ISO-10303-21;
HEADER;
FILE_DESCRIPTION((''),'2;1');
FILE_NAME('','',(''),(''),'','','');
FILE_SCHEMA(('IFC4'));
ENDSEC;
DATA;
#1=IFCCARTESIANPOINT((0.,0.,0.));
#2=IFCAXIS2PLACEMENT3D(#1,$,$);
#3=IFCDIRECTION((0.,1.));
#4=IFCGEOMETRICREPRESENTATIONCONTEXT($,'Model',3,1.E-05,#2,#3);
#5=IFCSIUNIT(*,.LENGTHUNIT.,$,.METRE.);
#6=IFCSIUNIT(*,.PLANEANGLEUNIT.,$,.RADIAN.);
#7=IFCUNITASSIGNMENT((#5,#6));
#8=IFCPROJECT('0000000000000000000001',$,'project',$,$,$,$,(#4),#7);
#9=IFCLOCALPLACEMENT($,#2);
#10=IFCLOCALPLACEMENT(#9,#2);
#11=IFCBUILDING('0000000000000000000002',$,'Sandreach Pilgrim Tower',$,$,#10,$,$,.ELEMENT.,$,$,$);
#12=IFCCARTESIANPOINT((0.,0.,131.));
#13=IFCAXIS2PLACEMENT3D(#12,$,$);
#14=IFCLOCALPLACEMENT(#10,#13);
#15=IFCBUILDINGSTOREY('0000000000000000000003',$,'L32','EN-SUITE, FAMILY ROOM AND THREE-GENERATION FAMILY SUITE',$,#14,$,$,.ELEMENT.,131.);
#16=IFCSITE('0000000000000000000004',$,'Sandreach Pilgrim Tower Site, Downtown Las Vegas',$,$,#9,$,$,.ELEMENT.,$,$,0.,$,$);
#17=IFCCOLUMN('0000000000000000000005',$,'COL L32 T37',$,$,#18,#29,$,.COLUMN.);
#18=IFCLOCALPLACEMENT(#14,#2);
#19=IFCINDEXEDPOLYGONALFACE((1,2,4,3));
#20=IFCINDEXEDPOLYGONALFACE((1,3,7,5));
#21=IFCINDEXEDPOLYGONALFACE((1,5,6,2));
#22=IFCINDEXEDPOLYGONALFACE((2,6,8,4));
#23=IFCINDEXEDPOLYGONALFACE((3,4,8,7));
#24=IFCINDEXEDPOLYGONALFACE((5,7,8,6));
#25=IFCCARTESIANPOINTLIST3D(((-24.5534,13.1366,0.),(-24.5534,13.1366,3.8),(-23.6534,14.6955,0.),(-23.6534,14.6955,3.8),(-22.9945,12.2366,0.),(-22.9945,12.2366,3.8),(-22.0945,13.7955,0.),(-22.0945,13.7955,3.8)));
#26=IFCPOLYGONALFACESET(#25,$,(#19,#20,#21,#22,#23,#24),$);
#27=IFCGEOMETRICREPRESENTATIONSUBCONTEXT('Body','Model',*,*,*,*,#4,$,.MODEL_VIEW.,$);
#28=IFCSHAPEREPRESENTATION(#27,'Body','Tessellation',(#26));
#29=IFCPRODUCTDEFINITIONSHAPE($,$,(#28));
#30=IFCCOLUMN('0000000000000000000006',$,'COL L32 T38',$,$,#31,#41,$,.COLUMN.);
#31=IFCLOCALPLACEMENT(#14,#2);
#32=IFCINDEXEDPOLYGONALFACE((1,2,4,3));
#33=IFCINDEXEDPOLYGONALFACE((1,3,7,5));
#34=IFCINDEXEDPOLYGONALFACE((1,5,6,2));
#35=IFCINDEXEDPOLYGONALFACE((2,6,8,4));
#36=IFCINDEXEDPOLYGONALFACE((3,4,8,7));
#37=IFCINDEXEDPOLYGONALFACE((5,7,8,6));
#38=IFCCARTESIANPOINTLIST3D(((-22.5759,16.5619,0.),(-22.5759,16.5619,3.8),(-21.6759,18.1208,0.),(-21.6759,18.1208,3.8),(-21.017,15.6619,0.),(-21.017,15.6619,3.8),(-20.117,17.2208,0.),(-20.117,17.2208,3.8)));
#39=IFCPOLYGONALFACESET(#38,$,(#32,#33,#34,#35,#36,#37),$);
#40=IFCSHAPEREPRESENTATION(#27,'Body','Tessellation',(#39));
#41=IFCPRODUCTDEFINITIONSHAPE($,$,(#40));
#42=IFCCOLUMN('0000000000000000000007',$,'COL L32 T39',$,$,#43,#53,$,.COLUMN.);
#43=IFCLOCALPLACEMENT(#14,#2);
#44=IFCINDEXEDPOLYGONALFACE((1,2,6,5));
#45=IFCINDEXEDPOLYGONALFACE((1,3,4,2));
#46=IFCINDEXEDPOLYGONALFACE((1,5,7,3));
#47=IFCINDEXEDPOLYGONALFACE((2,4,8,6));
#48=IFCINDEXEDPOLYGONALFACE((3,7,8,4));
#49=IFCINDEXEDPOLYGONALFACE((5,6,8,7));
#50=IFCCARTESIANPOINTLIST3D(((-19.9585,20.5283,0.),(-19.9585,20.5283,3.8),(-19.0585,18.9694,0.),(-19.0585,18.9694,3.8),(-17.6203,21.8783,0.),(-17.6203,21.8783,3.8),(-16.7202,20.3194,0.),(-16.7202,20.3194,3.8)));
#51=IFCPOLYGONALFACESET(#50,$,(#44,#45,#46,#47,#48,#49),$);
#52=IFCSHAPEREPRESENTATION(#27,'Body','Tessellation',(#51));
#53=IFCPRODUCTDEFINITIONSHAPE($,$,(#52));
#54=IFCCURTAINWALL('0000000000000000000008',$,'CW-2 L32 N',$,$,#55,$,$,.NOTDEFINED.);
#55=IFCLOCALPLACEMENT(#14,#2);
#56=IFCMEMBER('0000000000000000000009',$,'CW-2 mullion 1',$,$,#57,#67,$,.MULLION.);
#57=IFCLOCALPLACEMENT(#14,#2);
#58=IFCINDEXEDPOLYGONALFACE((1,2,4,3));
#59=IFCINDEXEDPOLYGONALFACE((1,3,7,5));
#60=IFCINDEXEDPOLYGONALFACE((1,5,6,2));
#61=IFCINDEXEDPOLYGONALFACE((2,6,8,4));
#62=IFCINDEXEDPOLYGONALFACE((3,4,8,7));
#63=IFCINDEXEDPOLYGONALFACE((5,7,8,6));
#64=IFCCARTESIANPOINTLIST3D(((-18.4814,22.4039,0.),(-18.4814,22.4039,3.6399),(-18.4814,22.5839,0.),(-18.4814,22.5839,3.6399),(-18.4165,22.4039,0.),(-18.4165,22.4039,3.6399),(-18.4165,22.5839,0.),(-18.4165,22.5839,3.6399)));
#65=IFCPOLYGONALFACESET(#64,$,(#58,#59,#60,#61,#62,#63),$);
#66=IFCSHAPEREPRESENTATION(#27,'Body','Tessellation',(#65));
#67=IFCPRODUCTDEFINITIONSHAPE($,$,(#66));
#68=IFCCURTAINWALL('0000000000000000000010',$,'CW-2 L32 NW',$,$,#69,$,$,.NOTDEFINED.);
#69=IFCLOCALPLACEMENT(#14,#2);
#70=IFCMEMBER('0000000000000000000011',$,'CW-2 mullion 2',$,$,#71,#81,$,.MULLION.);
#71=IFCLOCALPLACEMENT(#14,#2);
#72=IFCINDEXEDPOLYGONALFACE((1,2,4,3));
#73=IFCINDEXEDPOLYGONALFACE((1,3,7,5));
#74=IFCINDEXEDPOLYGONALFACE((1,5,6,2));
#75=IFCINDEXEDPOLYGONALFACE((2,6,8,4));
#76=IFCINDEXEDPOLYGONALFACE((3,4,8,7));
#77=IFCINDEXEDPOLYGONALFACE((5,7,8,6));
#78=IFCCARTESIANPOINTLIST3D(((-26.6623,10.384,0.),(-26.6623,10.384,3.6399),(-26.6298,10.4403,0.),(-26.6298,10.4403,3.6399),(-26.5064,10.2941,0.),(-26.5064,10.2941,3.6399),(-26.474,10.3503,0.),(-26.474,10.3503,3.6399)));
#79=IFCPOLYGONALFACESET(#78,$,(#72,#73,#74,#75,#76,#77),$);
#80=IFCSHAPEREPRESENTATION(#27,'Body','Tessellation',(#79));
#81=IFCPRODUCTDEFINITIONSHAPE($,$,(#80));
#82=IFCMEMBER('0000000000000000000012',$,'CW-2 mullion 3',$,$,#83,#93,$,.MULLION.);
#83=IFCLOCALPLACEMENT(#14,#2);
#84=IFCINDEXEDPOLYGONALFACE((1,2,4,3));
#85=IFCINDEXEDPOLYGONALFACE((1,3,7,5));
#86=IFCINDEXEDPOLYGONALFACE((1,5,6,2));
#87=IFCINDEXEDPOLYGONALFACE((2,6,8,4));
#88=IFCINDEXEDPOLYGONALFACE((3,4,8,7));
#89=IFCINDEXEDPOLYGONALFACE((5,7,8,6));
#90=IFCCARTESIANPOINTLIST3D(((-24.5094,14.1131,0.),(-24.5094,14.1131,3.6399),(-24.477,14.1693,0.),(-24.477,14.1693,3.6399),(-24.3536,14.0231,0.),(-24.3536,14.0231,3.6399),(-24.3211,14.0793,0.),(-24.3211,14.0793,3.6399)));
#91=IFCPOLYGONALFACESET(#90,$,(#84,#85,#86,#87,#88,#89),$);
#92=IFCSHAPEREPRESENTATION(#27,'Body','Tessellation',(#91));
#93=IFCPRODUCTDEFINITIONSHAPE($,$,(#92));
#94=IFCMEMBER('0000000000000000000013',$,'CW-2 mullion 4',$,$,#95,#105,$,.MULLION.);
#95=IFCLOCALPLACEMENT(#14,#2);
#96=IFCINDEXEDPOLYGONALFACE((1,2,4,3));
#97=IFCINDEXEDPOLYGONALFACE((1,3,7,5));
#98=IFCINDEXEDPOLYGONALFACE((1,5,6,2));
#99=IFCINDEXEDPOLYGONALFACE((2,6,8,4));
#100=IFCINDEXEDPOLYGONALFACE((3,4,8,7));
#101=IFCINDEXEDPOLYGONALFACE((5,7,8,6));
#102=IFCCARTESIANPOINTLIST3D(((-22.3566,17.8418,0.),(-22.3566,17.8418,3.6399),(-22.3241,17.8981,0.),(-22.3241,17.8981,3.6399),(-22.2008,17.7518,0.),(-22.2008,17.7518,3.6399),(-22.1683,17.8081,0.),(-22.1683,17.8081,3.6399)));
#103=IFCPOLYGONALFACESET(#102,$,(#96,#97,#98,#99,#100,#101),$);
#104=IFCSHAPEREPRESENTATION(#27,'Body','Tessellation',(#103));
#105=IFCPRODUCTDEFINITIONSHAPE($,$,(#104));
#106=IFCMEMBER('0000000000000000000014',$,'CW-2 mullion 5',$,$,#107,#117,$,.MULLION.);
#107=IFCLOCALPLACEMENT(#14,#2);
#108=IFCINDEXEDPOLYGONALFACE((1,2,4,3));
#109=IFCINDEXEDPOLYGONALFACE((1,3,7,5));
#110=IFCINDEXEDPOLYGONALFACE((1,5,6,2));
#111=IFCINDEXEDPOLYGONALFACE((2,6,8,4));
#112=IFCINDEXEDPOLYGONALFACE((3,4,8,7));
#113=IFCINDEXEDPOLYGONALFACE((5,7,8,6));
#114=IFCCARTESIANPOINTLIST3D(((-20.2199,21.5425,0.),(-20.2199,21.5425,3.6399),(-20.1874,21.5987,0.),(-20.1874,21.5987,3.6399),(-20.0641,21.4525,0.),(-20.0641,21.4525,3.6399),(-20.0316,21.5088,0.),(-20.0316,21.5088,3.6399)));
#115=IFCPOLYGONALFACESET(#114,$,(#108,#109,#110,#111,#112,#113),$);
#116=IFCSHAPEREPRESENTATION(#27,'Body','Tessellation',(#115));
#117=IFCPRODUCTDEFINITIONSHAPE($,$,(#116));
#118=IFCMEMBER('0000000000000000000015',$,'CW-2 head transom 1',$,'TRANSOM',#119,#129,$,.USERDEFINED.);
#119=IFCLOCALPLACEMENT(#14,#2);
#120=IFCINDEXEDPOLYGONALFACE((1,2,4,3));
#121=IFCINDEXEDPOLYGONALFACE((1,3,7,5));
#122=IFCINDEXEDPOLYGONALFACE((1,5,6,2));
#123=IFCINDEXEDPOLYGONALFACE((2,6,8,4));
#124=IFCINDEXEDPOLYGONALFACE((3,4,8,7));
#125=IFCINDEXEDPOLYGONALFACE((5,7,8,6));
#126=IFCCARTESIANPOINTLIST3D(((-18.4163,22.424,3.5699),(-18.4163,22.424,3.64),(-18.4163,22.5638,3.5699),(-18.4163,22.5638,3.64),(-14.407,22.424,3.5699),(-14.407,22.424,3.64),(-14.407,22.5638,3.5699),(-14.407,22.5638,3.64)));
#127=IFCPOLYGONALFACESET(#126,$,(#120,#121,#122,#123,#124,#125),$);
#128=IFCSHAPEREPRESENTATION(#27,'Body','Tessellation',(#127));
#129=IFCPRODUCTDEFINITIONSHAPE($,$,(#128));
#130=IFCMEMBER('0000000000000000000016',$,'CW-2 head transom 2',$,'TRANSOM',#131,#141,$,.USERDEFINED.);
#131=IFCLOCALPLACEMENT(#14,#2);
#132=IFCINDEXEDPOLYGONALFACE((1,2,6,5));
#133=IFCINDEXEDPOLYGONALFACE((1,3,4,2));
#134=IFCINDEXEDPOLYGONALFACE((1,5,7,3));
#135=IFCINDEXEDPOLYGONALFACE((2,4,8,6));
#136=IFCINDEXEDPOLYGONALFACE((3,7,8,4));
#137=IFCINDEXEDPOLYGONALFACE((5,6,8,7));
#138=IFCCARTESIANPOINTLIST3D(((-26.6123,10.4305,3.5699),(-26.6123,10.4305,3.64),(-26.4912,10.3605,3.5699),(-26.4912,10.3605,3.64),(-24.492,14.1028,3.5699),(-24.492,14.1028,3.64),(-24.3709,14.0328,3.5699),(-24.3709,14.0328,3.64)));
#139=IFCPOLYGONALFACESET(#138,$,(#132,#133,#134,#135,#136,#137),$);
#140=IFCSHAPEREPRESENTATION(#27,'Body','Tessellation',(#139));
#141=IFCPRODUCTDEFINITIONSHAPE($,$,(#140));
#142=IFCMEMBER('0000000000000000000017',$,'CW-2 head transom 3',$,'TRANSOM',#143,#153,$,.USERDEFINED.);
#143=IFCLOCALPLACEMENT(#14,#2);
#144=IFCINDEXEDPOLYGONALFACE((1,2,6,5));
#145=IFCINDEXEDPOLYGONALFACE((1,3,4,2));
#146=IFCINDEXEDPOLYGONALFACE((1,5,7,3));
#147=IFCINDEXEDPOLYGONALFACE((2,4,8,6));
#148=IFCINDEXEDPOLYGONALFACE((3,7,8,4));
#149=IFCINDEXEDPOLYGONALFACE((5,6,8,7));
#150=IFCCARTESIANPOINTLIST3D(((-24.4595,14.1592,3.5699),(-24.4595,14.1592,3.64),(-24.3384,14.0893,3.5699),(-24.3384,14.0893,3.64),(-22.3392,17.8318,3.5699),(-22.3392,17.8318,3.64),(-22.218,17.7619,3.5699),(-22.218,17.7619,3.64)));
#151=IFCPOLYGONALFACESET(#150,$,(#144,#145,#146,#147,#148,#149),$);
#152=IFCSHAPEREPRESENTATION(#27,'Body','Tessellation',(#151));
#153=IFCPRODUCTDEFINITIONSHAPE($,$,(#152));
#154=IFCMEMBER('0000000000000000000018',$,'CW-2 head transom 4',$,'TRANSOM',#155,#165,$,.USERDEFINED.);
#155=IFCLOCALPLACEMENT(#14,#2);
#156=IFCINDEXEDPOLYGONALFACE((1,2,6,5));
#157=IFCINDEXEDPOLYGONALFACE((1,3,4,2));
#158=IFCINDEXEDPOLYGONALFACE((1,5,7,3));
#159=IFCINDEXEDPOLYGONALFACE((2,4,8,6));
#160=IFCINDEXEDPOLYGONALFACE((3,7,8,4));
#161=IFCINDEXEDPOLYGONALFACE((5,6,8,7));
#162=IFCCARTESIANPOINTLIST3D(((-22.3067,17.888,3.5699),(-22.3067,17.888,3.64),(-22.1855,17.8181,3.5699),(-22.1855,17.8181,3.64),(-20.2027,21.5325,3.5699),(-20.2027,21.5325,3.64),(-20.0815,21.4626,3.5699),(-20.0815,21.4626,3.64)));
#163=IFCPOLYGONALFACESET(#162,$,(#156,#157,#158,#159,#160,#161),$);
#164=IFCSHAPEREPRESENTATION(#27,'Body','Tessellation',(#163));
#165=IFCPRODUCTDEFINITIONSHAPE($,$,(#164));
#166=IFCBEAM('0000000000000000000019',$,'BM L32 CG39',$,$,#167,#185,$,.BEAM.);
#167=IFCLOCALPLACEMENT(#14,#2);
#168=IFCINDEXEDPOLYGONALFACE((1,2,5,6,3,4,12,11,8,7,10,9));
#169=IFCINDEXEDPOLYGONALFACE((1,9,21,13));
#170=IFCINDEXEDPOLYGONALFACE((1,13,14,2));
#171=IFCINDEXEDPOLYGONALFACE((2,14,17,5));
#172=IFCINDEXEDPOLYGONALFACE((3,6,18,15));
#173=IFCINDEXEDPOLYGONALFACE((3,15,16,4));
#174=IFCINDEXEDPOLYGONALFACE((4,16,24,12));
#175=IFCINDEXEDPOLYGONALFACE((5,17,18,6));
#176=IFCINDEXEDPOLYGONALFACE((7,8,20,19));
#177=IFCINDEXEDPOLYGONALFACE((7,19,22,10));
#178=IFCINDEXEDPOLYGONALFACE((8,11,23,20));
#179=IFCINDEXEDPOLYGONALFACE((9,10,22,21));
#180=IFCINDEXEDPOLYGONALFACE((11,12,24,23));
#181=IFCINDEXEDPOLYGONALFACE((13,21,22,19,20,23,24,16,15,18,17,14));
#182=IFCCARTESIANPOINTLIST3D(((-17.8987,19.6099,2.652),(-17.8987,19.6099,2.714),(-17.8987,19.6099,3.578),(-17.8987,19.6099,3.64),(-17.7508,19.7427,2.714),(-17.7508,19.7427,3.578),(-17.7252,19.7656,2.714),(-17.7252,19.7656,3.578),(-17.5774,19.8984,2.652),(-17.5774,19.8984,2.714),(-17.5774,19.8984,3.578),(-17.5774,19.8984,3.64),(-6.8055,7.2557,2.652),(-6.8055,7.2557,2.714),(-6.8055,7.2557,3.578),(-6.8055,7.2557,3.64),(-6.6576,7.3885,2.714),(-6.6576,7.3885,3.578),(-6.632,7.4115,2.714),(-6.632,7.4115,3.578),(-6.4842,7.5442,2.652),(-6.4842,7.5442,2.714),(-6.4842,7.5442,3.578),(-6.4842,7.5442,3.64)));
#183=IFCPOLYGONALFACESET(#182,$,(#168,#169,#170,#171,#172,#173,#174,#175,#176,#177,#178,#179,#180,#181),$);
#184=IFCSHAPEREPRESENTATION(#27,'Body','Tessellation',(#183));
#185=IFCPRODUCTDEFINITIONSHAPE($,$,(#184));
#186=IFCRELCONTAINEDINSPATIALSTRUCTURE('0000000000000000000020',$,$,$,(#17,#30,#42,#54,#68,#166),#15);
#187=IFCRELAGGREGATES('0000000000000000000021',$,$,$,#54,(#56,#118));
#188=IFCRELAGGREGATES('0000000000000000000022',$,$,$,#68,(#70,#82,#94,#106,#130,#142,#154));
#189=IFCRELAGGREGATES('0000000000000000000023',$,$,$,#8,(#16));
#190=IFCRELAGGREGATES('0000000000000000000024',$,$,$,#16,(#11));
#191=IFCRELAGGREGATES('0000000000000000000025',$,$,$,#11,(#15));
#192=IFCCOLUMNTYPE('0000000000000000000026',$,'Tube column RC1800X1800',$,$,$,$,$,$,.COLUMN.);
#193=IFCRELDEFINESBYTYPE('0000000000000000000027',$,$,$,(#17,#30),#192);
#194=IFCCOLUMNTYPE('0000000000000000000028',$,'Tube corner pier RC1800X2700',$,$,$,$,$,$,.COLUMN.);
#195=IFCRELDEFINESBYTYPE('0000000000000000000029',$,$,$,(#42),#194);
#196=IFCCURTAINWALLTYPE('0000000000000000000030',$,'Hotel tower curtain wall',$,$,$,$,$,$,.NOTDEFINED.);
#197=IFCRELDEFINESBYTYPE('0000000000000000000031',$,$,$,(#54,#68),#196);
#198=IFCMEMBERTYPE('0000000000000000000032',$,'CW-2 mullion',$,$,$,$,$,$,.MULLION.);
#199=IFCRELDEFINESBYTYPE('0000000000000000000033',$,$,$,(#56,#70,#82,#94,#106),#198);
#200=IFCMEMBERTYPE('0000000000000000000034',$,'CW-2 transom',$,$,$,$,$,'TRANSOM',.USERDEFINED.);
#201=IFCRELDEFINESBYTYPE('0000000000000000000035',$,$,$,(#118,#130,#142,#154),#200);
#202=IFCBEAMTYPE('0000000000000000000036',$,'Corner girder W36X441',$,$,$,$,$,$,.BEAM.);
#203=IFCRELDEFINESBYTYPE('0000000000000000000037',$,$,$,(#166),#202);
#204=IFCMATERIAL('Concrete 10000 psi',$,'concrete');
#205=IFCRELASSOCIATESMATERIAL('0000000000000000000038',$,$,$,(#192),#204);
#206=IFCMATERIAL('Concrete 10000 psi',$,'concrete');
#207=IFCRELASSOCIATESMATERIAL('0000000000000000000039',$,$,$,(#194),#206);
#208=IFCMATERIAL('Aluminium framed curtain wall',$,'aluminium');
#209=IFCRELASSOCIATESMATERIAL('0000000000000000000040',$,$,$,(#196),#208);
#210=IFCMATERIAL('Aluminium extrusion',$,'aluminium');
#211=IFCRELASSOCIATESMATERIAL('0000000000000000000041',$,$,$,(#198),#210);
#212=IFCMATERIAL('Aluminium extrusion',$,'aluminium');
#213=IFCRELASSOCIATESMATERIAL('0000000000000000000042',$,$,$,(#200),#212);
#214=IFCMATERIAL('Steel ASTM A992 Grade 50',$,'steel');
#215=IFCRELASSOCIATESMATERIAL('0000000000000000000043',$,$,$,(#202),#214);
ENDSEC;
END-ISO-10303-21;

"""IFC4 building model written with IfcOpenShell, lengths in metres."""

from ifc_helpers import new_model, si_unit, direction, frame, origin, origin_2d, place, context, subcontext, project, spatial, rectangle, i_section, extrude, material, material_profile, profile_set, type_object, element, aggregate, save


model = new_model("IFC4")

# Units and contexts
model_context = context("Model", 3, precision=1e-05, world=origin(), true_north=direction((0.0, 1.0)))
body_context = subcontext(model_context, "Body", "Model", "MODEL_VIEW")
ifc_project = project(units=[si_unit("LENGTHUNIT", "METRE"), si_unit("PLANEANGLEUNIT", "RADIAN")], contexts=[model_context])

# Site, building, storey
site_placement = place(None, origin())
site = spatial("IfcSite", under=ifc_project, at=site_placement, Name="Sandreach Pilgrim Tower Site, Downtown Las Vegas", CompositionType="ELEMENT", RefElevation=0.0)
building_placement = place(site_placement, origin())
building = spatial("IfcBuilding", under=site, at=building_placement, Name="Sandreach Pilgrim Tower", CompositionType="ELEMENT")
storey_placement = place(building_placement, frame((0.0, 0.0, 131.0)))
storey = spatial("IfcBuildingStorey", under=building, at=storey_placement, Name="L32", Description="EN-SUITE, FAMILY ROOM AND THREE-GENERATION FAMILY SUITE", CompositionType="ELEMENT", Elevation=131.0)

# Columns
ifc_material_1 = material(Name="Concrete 10000 psi", Category="concrete")
ifc_material_profile_1 = material_profile(ifc_material_1, rectangle(XDim=1.8, YDim=1.8, at=origin_2d()), Name="RC1800X1800")
ifc_profile_set_1 = profile_set([ifc_material_profile_1], Name="Concrete 10000 psi")
column_type_1 = type_object("IfcColumnType", Name="Tube column RC1800X1800", PredefinedType="COLUMN", material=ifc_profile_set_1)
for number, where, z_axis, x_axis, name in (
    (1, (-23.324, 13.4661, 0.0), (0.0, 0.0, 1.0), (-0.866025, 0.5, 0.0), "COL L32 T37"),
    (2, (-21.3464, 16.8914, 0.0), (0.0, 0.0, 1.0), (-0.866025, 0.5, 0.0), "COL L32 T38"),
):
    element("IfcColumn", number, at=place(storey_placement, frame(where, z_axis=z_axis, x_axis=x_axis)), inside=storey, type_object=column_type_1, Name=name, PredefinedType="COLUMN", context=body_context, shape_type="SweptSolid", body=[
        extrude(rectangle(XDim=1.8, YDim=1.8, at=origin_2d()), origin(), (0.0, 0.0, 1.0), 3.8),
    ])
ifc_material_2 = material(Name="Concrete 10000 psi", Category="concrete")
ifc_material_profile_2 = material_profile(ifc_material_2, rectangle(XDim=1.8, YDim=2.7, at=origin_2d()), Name="RC1800X2700")
ifc_profile_set_2 = profile_set([ifc_material_profile_2], Name="Concrete 10000 psi")
column_type_2 = type_object("IfcColumnType", Name="Tube corner pier RC1800X2700", PredefinedType="COLUMN", material=ifc_profile_set_2)
column_placement = place(storey_placement, frame((-18.3394, 20.4238, 0.0), z_axis=(0.0, 0.0, 1.0), x_axis=(-0.5, 0.866025, 0.0)))
element("IfcColumn", 3, at=column_placement, inside=storey, type_object=column_type_2, Name="COL L32 T39", PredefinedType="COLUMN", context=body_context, shape_type="SweptSolid", body=[
    extrude(rectangle(XDim=1.8, YDim=2.7, at=origin_2d()), origin(), (0.0, 0.0, 1.0), 3.8),
])

# Curtain wall, member
ifc_material_3 = material(Name="Aluminium framed curtain wall", Category="aluminium")
curtain_wall_type = type_object("IfcCurtainWallType", Name="Hotel tower curtain wall", PredefinedType="NOTDEFINED", material=ifc_material_3)
curtain_wall_1_placement = place(storey_placement, origin())
curtain_wall_1 = element("IfcCurtainWall", 4, at=curtain_wall_1_placement, inside=storey, type_object=curtain_wall_type, Name="CW-2 L32 N", PredefinedType="NOTDEFINED")
ifc_material_4 = material(Name="Aluminium extrusion", Category="aluminium")
ifc_material_profile_3 = material_profile(ifc_material_4, rectangle(XDim=0.0649, YDim=0.1799, at=origin_2d()), Name="CW-2M 65X180")
ifc_profile_set_3 = profile_set([ifc_material_profile_3], Name="Aluminium extrusion")
member_type_1 = type_object("IfcMemberType", Name="CW-2 mullion", PredefinedType="MULLION", material=ifc_profile_set_3)
member_1_placement = place(storey_placement, frame((-18.449, 22.4939, 0.0), z_axis=(0.0, 0.0, 1.0), x_axis=(1.0, 0.0, 0.0)))
member_1 = element("IfcMember", 5, at=member_1_placement, type_object=member_type_1, Name="CW-2 mullion 1", PredefinedType="MULLION", context=body_context, shape_type="SweptSolid", body=[
    extrude(rectangle(XDim=0.0649, YDim=0.1799, at=origin_2d()), origin(), (0.0, 0.0, 1.0), 3.6399),
])

# Curtain wall, members
curtain_wall_2_placement = place(storey_placement, origin())
curtain_wall_2 = element("IfcCurtainWall", 6, at=curtain_wall_2_placement, inside=storey, type_object=curtain_wall_type, Name="CW-2 L32 NW", PredefinedType="NOTDEFINED")
member_2_placement = place(storey_placement, frame((-26.5681, 10.3672, 0.0), z_axis=(0.0, 0.0, 1.0), x_axis=(0.5, 0.866025, 0.0)))
member_2 = element("IfcMember", 7, at=member_2_placement, type_object=member_type_1, Name="CW-2 mullion 2", PredefinedType="MULLION", context=body_context, shape_type="SweptSolid", body=[
    extrude(rectangle(XDim=0.0649, YDim=0.1799, at=origin_2d()), origin(), (0.0, 0.0, 1.0), 3.6399),
])
member_3_placement = place(storey_placement, frame((-24.4153, 14.0962, 0.0), z_axis=(0.0, 0.0, 1.0), x_axis=(0.5, 0.866025, 0.0)))
member_3 = element("IfcMember", 8, at=member_3_placement, type_object=member_type_1, Name="CW-2 mullion 3", PredefinedType="MULLION", context=body_context, shape_type="SweptSolid", body=[
    extrude(rectangle(XDim=0.0649, YDim=0.1799, at=origin_2d()), origin(), (0.0, 0.0, 1.0), 3.6399),
])
member_4_placement = place(storey_placement, frame((-22.2625, 17.825, 0.0), z_axis=(0.0, 0.0, 1.0), x_axis=(0.5, 0.866025, 0.0)))
member_4 = element("IfcMember", 9, at=member_4_placement, type_object=member_type_1, Name="CW-2 mullion 4", PredefinedType="MULLION", context=body_context, shape_type="SweptSolid", body=[
    extrude(rectangle(XDim=0.0649, YDim=0.1799, at=origin_2d()), origin(), (0.0, 0.0, 1.0), 3.6399),
])
member_5_placement = place(storey_placement, frame((-20.1257, 21.5256, 0.0), z_axis=(0.0, 0.0, 1.0), x_axis=(0.5, 0.866025, 0.0)))
member_5 = element("IfcMember", 10, at=member_5_placement, type_object=member_type_1, Name="CW-2 mullion 5", PredefinedType="MULLION", context=body_context, shape_type="SweptSolid", body=[
    extrude(rectangle(XDim=0.0649, YDim=0.1799, at=origin_2d()), origin(), (0.0, 0.0, 1.0), 3.6399),
])

# Members
ifc_material_5 = material(Name="Aluminium extrusion", Category="aluminium")
ifc_material_profile_4 = material_profile(ifc_material_5, rectangle(XDim=0.1399, YDim=0.0701, at=origin_2d()), Name="CW-2T 140X70")
ifc_profile_set_4 = profile_set([ifc_material_profile_4], Name="Aluminium extrusion")
member_type_2 = type_object("IfcMemberType", Name="CW-2 transom", ElementType="TRANSOM", PredefinedType="USERDEFINED", material=ifc_profile_set_4)
member_6_placement = place(storey_placement, frame((-18.4163, 22.4939, 3.605), z_axis=(1.0, 0.0, 0.0), x_axis=(0.0, 1.0, 0.0)))
member_6 = element("IfcMember", 11, at=member_6_placement, type_object=member_type_2, Name="CW-2 head transom 1", ObjectType="TRANSOM", PredefinedType="USERDEFINED", context=body_context, shape_type="SweptSolid", body=[
    extrude(rectangle(XDim=0.1399, YDim=0.0701, at=origin_2d()), origin(), (0.0, 0.0, 1.0), 4.0093),
])
member_7_placement = place(storey_placement, frame((-26.5518, 10.3955, 3.605), z_axis=(0.500021, 0.866013, 0.0), x_axis=(-0.866013, 0.500021, 0.0)))
member_7 = element("IfcMember", 12, at=member_7_placement, type_object=member_type_2, Name="CW-2 head transom 2", ObjectType="TRANSOM", PredefinedType="USERDEFINED", context=body_context, shape_type="SweptSolid", body=[
    extrude(rectangle(XDim=0.1399, YDim=0.0701, at=origin_2d()), origin(), (0.0, 0.0, 1.0), 4.2405),
])
member_8_placement = place(storey_placement, frame((-24.3989, 14.1243, 3.605), z_axis=(0.499997, 0.866027, 0.0), x_axis=(-0.866027, 0.499997, 0.0)))
member_8 = element("IfcMember", 13, at=member_8_placement, type_object=member_type_2, Name="CW-2 head transom 3", ObjectType="TRANSOM", PredefinedType="USERDEFINED", context=body_context, shape_type="SweptSolid", body=[
    extrude(rectangle(XDim=0.1399, YDim=0.0701, at=origin_2d()), origin(), (0.0, 0.0, 1.0), 4.2407),
])
member_9_placement = place(storey_placement, frame((-22.2461, 17.853, 3.605), z_axis=(0.49997, 0.866043, 0.0), x_axis=(-0.866043, 0.49997, 0.0)))
member_9 = element("IfcMember", 14, at=member_9_placement, type_object=member_type_2, Name="CW-2 head transom 4", ObjectType="TRANSOM", PredefinedType="USERDEFINED", context=body_context, shape_type="SweptSolid", body=[
    extrude(rectangle(XDim=0.1399, YDim=0.0701, at=origin_2d()), origin(), (0.0, 0.0, 1.0), 4.2083),
])

# Beam
ifc_material_6 = material(Name="Steel ASTM A992 Grade 50", Category="steel")
ifc_material_profile_5 = material_profile(ifc_material_6, i_section(OverallWidth=0.4319, OverallDepth=0.988, WebThickness=0.0344, FlangeThickness=0.062, at=origin_2d()), Name="W36X441")
ifc_profile_set_5 = profile_set([ifc_material_profile_5], Name="Steel ASTM A992 Grade 50")
beam_type_1 = type_object("IfcBeamType", Name="Corner girder W36X441", PredefinedType="BEAM", material=ifc_profile_set_5)
beam_1_placement = place(storey_placement, frame((-17.738, 19.7542, 3.146), z_axis=(0.668114, -0.744059, 0.0), x_axis=(0.744059, 0.668114, 0.0)))
element("IfcBeam", 15, at=beam_1_placement, inside=storey, type_object=beam_type_1, Name="BM L32 CG39", PredefinedType="BEAM", context=body_context, shape_type="SweptSolid", body=[
    extrude(i_section(OverallWidth=0.4319, OverallDepth=0.988, WebThickness=0.0344, FlangeThickness=0.062, at=origin_2d()), origin(), (0.0, 0.0, 1.0), 16.6038),
])

aggregate(curtain_wall_1, [member_1, member_6])
aggregate(curtain_wall_2, [member_2, member_3, member_4, member_5, member_7, member_8, member_9])

save(model, "model.ifc")
